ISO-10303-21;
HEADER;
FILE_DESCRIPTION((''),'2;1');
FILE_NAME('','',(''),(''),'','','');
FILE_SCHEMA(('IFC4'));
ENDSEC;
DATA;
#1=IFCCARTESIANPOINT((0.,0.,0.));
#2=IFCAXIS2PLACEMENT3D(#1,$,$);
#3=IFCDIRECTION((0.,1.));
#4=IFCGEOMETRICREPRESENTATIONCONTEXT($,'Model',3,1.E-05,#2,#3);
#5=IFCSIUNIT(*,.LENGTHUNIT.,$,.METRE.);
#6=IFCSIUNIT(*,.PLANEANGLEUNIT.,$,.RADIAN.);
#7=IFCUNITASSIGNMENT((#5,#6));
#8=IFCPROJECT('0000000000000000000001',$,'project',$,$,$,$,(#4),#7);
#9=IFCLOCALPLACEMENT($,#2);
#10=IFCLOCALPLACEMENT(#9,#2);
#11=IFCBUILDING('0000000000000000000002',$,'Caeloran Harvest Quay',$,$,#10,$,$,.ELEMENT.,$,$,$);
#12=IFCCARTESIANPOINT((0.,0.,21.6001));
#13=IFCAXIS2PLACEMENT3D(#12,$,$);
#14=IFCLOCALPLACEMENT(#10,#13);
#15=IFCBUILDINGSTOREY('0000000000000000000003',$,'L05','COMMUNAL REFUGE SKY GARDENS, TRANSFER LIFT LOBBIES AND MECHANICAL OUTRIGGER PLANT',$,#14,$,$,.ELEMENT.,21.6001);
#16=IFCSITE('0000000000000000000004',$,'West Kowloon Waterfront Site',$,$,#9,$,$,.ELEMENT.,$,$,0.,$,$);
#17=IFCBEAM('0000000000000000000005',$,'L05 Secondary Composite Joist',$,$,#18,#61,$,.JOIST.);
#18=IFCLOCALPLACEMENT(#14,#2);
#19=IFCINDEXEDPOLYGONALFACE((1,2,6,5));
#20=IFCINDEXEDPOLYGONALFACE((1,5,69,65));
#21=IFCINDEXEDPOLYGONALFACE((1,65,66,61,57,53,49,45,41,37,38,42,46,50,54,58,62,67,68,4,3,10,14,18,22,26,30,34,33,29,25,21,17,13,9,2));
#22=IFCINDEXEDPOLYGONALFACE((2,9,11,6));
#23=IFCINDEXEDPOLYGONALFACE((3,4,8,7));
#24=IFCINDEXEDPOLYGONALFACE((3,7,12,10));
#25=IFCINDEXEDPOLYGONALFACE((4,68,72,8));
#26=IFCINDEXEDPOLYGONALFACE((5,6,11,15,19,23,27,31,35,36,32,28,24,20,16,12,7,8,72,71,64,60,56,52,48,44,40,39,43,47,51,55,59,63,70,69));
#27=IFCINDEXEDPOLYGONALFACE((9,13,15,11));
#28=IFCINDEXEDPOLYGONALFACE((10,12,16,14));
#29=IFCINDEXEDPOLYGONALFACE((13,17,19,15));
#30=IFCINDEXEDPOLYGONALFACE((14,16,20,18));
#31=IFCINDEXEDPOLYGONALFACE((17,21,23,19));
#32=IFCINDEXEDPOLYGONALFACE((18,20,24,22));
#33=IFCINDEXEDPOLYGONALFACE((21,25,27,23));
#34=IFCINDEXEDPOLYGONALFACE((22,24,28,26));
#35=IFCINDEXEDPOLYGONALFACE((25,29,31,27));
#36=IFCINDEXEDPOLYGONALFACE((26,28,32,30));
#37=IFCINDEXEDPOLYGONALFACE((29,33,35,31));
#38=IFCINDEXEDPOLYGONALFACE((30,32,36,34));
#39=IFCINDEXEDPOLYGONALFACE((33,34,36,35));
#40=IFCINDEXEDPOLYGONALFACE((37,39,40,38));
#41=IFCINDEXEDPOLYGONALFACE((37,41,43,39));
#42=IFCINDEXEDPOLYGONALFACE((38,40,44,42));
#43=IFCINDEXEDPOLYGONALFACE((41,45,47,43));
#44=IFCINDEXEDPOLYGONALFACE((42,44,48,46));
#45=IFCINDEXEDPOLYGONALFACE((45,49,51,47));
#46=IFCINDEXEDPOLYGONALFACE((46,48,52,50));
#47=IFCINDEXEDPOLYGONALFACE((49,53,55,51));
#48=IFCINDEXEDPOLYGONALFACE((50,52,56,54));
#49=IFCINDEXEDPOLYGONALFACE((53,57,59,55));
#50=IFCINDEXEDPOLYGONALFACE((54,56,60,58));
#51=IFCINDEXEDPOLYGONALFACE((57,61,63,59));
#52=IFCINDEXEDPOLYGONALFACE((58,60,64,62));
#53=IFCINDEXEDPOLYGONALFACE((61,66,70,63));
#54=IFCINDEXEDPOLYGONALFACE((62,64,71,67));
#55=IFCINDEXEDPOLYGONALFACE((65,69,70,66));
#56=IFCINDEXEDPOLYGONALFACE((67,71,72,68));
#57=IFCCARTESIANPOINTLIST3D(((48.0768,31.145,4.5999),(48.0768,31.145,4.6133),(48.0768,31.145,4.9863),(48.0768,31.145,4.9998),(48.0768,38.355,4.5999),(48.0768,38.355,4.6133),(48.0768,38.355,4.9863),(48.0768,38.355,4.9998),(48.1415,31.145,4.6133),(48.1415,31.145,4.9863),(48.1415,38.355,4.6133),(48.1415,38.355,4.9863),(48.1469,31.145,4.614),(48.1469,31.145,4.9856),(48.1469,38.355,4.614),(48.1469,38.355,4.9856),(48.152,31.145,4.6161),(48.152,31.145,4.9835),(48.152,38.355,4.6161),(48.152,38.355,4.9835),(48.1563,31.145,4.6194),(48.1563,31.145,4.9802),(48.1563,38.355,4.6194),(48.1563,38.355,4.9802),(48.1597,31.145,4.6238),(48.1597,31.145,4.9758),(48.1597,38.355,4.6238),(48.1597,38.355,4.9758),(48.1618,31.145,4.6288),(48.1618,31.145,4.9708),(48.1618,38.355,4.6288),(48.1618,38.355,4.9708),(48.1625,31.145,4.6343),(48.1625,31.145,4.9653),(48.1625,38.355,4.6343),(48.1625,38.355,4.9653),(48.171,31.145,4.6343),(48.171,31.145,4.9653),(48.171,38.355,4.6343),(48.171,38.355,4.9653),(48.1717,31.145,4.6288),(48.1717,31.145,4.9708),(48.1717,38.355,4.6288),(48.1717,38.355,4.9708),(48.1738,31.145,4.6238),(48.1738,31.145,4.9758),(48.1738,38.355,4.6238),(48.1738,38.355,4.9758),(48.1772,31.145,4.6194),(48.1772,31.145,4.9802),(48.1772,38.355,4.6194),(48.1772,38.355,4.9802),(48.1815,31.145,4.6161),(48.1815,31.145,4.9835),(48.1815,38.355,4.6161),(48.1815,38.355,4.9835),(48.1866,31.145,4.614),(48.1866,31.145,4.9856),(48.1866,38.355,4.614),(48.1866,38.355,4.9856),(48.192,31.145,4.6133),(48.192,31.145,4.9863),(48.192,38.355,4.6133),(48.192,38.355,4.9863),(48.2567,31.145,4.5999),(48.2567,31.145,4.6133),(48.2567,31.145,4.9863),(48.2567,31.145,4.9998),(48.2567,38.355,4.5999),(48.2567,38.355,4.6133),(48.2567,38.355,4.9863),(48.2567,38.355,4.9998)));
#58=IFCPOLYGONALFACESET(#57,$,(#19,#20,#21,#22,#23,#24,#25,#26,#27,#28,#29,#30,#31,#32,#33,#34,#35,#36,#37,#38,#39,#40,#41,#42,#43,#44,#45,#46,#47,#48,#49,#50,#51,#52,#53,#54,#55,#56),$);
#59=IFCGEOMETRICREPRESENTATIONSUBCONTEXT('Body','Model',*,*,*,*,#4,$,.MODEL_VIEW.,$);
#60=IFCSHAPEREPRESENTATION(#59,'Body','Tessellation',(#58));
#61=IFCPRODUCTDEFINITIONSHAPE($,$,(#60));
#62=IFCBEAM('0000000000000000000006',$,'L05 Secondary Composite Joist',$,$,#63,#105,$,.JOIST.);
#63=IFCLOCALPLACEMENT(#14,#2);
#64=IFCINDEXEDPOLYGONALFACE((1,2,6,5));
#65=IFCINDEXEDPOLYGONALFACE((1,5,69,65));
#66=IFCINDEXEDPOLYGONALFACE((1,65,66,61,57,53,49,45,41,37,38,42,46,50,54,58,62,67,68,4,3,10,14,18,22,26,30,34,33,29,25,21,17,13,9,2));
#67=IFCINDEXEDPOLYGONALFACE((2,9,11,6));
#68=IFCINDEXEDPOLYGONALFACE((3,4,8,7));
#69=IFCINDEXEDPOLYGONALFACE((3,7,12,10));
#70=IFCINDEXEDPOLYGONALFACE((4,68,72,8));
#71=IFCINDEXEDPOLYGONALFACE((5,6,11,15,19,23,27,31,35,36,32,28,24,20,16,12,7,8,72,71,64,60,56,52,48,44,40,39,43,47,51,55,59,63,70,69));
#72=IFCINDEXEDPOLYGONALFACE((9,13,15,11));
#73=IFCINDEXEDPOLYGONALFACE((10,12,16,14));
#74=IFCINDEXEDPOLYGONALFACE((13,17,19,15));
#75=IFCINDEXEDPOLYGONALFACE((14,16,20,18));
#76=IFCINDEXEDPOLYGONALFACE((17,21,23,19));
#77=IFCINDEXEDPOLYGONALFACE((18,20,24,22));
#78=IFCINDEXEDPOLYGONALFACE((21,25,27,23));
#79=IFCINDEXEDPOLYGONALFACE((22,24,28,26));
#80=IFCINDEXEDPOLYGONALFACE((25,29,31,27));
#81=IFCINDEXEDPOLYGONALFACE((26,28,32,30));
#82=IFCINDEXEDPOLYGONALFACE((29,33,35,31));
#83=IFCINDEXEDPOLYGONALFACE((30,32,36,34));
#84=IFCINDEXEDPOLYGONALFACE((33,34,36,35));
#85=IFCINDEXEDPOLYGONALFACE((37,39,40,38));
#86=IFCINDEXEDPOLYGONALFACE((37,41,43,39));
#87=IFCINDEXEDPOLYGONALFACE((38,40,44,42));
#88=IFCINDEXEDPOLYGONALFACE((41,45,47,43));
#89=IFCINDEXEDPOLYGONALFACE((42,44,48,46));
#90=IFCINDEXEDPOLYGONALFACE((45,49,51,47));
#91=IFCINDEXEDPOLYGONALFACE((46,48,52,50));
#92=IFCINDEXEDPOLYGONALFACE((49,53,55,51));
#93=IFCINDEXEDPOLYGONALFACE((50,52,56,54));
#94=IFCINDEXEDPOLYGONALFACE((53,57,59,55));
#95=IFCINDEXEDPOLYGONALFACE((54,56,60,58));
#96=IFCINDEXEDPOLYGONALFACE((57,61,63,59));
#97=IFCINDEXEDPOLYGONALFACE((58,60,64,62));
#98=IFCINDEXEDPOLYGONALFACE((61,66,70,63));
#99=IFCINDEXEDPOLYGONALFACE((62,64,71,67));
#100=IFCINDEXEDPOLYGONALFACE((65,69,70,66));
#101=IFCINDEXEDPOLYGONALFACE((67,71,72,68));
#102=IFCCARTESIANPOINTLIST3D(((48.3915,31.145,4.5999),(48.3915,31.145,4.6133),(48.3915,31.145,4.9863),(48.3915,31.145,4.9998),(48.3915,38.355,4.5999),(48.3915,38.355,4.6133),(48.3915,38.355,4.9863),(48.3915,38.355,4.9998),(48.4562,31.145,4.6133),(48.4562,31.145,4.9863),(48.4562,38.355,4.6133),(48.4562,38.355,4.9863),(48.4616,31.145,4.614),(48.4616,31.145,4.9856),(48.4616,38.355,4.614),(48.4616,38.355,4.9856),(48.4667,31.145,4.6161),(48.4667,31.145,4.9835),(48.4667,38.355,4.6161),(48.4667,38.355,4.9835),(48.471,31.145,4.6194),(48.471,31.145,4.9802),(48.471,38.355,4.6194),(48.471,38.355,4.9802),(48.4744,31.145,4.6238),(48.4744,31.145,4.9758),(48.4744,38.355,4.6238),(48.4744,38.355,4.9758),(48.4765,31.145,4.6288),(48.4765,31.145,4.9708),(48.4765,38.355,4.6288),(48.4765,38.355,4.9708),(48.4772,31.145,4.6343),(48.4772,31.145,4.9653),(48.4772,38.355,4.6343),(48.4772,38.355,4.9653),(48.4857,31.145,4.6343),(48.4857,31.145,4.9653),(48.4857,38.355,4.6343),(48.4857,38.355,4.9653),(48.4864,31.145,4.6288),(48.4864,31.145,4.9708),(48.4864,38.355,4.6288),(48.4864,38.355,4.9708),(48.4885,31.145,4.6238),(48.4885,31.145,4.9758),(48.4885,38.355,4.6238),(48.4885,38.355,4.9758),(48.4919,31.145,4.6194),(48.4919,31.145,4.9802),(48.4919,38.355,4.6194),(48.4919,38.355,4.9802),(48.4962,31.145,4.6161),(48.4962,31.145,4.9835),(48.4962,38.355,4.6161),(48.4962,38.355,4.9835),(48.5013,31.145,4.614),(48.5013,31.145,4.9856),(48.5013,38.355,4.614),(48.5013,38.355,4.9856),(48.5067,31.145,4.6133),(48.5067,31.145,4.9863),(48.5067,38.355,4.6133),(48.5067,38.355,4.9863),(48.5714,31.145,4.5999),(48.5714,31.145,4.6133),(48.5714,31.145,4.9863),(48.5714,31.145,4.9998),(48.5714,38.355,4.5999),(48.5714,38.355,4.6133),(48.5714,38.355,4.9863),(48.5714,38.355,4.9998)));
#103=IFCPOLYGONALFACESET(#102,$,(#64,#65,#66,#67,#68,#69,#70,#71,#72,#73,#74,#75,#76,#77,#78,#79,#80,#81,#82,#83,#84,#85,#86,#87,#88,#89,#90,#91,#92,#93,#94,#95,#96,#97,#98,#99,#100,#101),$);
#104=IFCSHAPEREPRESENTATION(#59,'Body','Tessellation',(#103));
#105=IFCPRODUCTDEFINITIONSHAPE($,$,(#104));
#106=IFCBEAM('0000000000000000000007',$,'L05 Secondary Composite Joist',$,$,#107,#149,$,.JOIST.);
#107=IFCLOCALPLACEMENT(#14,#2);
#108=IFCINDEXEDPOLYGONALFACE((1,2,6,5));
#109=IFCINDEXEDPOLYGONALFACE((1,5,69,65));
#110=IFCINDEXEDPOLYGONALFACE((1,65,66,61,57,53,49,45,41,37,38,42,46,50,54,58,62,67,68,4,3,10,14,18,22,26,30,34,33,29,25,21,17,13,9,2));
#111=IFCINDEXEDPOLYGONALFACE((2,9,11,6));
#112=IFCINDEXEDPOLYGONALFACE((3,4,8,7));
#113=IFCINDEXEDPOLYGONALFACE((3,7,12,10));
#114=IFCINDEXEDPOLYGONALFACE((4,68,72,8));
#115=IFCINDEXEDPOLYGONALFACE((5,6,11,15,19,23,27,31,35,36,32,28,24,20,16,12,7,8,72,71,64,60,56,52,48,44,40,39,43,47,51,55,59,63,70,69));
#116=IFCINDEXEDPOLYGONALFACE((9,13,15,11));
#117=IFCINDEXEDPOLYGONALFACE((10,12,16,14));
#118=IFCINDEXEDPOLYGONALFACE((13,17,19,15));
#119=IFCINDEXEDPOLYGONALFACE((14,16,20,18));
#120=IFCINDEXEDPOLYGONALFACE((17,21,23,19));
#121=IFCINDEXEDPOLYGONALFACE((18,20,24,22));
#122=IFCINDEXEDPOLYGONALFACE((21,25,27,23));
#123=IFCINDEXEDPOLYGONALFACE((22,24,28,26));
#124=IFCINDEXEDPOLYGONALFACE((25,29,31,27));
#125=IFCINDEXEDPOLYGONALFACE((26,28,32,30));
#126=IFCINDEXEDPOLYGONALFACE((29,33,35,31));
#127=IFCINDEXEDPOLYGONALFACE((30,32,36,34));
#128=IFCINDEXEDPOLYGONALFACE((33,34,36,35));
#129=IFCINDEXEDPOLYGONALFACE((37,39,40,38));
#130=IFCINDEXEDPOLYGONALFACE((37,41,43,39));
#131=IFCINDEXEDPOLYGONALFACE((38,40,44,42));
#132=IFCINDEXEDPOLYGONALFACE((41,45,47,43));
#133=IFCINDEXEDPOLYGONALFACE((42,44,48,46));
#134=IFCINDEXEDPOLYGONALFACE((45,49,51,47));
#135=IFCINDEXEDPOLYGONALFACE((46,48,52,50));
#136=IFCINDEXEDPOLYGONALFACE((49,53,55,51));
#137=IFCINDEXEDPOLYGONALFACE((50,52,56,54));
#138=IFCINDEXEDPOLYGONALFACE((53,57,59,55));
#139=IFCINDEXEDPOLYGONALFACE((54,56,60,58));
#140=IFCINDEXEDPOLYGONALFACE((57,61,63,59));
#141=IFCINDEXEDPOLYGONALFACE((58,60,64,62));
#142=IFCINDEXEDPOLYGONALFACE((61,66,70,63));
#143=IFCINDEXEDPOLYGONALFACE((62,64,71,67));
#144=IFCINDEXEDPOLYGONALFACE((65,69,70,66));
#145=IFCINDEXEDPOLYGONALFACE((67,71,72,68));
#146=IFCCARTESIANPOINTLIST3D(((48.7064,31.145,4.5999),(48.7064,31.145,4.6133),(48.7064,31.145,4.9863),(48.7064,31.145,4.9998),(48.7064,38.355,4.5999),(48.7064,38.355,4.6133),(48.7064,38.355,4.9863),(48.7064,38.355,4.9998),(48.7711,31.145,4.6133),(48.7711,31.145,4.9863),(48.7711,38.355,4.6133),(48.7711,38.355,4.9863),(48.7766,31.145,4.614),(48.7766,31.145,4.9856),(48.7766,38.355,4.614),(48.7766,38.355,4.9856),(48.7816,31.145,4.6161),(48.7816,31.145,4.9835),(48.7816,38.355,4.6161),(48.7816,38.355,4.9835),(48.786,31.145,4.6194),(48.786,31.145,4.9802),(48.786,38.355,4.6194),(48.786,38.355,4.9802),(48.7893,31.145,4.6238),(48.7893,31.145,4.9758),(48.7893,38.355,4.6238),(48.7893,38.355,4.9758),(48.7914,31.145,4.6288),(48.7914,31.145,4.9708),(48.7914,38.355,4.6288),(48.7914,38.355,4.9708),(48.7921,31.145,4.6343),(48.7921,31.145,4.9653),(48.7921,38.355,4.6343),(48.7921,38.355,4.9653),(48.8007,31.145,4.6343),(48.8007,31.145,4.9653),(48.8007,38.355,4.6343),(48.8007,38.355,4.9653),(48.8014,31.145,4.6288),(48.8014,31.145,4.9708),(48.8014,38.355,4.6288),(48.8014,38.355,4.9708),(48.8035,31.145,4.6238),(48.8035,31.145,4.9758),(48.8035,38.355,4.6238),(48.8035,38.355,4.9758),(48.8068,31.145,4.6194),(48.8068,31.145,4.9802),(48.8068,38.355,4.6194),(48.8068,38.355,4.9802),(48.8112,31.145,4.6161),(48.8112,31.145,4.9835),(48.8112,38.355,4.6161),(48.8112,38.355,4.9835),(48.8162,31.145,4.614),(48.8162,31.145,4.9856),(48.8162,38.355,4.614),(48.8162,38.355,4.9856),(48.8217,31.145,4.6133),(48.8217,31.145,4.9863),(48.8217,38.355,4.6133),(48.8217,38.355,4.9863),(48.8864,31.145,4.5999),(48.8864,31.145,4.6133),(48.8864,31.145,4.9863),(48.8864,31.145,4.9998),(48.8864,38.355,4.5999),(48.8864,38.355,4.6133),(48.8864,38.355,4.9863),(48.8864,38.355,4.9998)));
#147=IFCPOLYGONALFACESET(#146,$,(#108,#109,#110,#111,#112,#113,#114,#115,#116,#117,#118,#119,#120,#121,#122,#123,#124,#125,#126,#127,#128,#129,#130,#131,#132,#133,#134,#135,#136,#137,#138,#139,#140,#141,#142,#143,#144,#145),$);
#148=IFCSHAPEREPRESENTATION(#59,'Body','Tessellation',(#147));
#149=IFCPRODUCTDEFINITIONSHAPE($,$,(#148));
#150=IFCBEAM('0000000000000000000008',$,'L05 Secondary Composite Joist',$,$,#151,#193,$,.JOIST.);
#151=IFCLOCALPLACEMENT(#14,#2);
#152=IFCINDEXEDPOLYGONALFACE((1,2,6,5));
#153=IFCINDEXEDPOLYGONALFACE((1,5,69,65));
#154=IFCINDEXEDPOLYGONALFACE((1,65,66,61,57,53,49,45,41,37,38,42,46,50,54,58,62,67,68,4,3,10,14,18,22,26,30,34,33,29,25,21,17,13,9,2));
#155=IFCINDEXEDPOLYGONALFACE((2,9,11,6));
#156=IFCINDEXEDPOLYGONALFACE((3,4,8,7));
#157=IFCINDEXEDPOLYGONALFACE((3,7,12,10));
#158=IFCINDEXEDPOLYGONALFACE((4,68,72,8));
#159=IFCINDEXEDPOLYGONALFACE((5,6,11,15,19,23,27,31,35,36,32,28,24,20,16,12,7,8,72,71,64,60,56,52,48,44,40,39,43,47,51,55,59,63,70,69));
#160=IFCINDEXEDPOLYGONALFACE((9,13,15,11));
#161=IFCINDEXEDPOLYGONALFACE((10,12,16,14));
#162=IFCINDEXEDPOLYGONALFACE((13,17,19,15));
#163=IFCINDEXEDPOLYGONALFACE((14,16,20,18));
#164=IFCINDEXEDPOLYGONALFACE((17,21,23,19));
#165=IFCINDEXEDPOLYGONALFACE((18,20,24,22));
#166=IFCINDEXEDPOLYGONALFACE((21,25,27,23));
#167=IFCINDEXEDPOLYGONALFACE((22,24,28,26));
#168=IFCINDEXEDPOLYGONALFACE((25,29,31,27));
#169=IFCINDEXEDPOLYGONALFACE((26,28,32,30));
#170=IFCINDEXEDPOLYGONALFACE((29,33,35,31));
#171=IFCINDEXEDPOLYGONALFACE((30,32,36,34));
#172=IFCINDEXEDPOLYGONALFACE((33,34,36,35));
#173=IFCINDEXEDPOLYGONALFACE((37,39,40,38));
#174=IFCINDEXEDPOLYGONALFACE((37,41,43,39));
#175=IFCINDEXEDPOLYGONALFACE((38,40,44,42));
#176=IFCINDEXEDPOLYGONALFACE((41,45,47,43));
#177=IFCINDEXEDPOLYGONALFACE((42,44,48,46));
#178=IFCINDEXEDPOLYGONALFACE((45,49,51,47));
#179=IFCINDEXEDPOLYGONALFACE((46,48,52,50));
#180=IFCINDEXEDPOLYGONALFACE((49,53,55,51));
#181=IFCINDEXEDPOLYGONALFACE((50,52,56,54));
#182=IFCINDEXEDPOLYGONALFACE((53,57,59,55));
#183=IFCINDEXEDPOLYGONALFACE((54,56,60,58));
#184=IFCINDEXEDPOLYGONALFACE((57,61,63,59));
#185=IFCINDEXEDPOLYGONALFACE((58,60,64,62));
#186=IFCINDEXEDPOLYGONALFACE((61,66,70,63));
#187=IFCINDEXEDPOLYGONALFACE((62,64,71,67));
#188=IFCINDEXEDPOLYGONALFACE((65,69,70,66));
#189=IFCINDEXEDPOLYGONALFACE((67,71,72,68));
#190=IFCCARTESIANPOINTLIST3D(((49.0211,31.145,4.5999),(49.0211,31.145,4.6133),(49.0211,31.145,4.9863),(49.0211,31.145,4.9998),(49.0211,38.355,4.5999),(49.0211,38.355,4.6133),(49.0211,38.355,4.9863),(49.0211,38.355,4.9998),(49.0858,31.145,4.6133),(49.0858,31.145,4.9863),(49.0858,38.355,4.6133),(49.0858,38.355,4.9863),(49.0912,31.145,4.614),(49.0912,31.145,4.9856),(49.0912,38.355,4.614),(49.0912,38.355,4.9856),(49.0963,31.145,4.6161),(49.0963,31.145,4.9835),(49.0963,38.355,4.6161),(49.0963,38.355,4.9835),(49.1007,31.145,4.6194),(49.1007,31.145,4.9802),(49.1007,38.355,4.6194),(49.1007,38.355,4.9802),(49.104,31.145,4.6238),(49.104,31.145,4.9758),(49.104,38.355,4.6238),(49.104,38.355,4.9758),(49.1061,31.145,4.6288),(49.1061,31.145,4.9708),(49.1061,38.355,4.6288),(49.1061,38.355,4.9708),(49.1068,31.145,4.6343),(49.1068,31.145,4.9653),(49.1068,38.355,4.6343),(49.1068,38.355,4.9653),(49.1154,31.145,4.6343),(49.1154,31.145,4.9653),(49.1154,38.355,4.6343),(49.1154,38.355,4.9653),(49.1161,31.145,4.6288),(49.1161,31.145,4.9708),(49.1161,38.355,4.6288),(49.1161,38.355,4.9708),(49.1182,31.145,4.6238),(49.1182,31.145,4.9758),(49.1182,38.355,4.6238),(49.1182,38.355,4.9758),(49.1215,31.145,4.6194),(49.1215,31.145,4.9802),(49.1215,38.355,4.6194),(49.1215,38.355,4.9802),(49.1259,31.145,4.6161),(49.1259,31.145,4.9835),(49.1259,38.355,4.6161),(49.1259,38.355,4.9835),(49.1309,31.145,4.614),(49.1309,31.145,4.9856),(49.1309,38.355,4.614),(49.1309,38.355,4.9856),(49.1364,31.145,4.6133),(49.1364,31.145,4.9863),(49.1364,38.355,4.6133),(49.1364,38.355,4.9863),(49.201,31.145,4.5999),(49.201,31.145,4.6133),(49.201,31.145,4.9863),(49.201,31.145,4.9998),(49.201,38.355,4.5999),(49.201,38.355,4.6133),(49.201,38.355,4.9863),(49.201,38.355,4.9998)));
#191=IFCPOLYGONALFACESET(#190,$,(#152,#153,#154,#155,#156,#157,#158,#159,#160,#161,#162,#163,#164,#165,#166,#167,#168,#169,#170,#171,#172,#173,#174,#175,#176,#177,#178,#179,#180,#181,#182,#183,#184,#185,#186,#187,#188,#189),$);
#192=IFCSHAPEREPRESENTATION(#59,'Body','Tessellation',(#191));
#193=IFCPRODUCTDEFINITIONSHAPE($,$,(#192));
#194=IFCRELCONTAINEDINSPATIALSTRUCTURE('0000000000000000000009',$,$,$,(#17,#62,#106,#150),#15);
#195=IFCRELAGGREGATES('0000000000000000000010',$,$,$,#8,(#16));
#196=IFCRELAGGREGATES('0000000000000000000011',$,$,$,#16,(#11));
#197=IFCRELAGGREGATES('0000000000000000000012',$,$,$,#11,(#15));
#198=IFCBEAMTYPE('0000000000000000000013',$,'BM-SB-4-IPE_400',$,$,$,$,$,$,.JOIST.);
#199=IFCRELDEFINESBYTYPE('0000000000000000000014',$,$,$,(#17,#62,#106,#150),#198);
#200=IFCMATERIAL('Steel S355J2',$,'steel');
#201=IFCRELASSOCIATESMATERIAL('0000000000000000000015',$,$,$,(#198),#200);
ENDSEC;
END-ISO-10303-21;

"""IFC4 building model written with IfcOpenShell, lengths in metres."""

from ifc_helpers import new_model, si_unit, direction, frame, origin, origin_2d, place, context, subcontext, project, spatial, i_section, extrude, material, material_profile, profile_set, type_object, element, save


model = new_model("IFC4")

# Units and contexts
model_context = context("Model", 3, precision=1e-05, world=origin(), true_north=direction((0.0, 1.0)))
body_context = subcontext(model_context, "Body", "Model", "MODEL_VIEW")
ifc_project = project(units=[si_unit("LENGTHUNIT", "METRE"), si_unit("PLANEANGLEUNIT", "RADIAN")], contexts=[model_context])

# Site, building, storey
site_placement = place(None, origin())
site = spatial("IfcSite", under=ifc_project, at=site_placement, Name="West Kowloon Waterfront Site", CompositionType="ELEMENT", RefElevation=0.0)
building_placement = place(site_placement, origin())
building = spatial("IfcBuilding", under=site, at=building_placement, Name="Caeloran Harvest Quay", CompositionType="ELEMENT")
storey_placement = place(building_placement, frame((0.0, 0.0, 21.6001)))
storey = spatial("IfcBuildingStorey", under=building, at=storey_placement, Name="L05", Description="COMMUNAL REFUGE SKY GARDENS, TRANSFER LIFT LOBBIES AND MECHANICAL OUTRIGGER PLANT", CompositionType="ELEMENT", Elevation=21.6001)

# Beams
ifc_material_1 = material(Name="Steel S355J2", Category="steel")
ifc_material_profile_1 = material_profile(ifc_material_1, i_section(OverallWidth=0.1799, OverallDepth=0.3999, WebThickness=0.0085, FlangeThickness=0.0134, FilletRadius=0.021, at=origin_2d()), Name="IPE 400")
ifc_profile_set_1 = profile_set([ifc_material_profile_1], Name="Steel S355J2")
beam_type_1 = type_object("IfcBeamType", Name="BM-SB-4-IPE_400", PredefinedType="JOIST", material=ifc_profile_set_1)
for number, where, z_axis, x_axis, name in (
    (1, (48.1667, 31.145, 4.7998), (0.0, 1.0, 0.0), (-1.0, 0.0, 0.0), "L05 Secondary Composite Joist"),
    (2, (48.4814, 31.145, 4.7998), (0.0, 1.0, 0.0), (-1.0, 0.0, 0.0), "L05 Secondary Composite Joist"),
    (3, (48.7964, 31.145, 4.7998), (0.0, 1.0, 0.0), (-1.0, 0.0, 0.0), "L05 Secondary Composite Joist"),
    (4, (49.1111, 31.145, 4.7998), (0.0, 1.0, 0.0), (-1.0, 0.0, 0.0), "L05 Secondary Composite Joist"),
):
    element("IfcBeam", number, at=place(storey_placement, frame(where, z_axis=z_axis, x_axis=x_axis)), inside=storey, type_object=beam_type_1, Name=name, PredefinedType="JOIST", context=body_context, shape_type="SweptSolid", body=[
        extrude(i_section(OverallWidth=0.1799, OverallDepth=0.3999, WebThickness=0.0085, FlangeThickness=0.0134, FilletRadius=0.021, at=origin_2d()), origin(), (0.0, 0.0, 1.0), 7.21),
    ])

save(model, "model.ifc")
